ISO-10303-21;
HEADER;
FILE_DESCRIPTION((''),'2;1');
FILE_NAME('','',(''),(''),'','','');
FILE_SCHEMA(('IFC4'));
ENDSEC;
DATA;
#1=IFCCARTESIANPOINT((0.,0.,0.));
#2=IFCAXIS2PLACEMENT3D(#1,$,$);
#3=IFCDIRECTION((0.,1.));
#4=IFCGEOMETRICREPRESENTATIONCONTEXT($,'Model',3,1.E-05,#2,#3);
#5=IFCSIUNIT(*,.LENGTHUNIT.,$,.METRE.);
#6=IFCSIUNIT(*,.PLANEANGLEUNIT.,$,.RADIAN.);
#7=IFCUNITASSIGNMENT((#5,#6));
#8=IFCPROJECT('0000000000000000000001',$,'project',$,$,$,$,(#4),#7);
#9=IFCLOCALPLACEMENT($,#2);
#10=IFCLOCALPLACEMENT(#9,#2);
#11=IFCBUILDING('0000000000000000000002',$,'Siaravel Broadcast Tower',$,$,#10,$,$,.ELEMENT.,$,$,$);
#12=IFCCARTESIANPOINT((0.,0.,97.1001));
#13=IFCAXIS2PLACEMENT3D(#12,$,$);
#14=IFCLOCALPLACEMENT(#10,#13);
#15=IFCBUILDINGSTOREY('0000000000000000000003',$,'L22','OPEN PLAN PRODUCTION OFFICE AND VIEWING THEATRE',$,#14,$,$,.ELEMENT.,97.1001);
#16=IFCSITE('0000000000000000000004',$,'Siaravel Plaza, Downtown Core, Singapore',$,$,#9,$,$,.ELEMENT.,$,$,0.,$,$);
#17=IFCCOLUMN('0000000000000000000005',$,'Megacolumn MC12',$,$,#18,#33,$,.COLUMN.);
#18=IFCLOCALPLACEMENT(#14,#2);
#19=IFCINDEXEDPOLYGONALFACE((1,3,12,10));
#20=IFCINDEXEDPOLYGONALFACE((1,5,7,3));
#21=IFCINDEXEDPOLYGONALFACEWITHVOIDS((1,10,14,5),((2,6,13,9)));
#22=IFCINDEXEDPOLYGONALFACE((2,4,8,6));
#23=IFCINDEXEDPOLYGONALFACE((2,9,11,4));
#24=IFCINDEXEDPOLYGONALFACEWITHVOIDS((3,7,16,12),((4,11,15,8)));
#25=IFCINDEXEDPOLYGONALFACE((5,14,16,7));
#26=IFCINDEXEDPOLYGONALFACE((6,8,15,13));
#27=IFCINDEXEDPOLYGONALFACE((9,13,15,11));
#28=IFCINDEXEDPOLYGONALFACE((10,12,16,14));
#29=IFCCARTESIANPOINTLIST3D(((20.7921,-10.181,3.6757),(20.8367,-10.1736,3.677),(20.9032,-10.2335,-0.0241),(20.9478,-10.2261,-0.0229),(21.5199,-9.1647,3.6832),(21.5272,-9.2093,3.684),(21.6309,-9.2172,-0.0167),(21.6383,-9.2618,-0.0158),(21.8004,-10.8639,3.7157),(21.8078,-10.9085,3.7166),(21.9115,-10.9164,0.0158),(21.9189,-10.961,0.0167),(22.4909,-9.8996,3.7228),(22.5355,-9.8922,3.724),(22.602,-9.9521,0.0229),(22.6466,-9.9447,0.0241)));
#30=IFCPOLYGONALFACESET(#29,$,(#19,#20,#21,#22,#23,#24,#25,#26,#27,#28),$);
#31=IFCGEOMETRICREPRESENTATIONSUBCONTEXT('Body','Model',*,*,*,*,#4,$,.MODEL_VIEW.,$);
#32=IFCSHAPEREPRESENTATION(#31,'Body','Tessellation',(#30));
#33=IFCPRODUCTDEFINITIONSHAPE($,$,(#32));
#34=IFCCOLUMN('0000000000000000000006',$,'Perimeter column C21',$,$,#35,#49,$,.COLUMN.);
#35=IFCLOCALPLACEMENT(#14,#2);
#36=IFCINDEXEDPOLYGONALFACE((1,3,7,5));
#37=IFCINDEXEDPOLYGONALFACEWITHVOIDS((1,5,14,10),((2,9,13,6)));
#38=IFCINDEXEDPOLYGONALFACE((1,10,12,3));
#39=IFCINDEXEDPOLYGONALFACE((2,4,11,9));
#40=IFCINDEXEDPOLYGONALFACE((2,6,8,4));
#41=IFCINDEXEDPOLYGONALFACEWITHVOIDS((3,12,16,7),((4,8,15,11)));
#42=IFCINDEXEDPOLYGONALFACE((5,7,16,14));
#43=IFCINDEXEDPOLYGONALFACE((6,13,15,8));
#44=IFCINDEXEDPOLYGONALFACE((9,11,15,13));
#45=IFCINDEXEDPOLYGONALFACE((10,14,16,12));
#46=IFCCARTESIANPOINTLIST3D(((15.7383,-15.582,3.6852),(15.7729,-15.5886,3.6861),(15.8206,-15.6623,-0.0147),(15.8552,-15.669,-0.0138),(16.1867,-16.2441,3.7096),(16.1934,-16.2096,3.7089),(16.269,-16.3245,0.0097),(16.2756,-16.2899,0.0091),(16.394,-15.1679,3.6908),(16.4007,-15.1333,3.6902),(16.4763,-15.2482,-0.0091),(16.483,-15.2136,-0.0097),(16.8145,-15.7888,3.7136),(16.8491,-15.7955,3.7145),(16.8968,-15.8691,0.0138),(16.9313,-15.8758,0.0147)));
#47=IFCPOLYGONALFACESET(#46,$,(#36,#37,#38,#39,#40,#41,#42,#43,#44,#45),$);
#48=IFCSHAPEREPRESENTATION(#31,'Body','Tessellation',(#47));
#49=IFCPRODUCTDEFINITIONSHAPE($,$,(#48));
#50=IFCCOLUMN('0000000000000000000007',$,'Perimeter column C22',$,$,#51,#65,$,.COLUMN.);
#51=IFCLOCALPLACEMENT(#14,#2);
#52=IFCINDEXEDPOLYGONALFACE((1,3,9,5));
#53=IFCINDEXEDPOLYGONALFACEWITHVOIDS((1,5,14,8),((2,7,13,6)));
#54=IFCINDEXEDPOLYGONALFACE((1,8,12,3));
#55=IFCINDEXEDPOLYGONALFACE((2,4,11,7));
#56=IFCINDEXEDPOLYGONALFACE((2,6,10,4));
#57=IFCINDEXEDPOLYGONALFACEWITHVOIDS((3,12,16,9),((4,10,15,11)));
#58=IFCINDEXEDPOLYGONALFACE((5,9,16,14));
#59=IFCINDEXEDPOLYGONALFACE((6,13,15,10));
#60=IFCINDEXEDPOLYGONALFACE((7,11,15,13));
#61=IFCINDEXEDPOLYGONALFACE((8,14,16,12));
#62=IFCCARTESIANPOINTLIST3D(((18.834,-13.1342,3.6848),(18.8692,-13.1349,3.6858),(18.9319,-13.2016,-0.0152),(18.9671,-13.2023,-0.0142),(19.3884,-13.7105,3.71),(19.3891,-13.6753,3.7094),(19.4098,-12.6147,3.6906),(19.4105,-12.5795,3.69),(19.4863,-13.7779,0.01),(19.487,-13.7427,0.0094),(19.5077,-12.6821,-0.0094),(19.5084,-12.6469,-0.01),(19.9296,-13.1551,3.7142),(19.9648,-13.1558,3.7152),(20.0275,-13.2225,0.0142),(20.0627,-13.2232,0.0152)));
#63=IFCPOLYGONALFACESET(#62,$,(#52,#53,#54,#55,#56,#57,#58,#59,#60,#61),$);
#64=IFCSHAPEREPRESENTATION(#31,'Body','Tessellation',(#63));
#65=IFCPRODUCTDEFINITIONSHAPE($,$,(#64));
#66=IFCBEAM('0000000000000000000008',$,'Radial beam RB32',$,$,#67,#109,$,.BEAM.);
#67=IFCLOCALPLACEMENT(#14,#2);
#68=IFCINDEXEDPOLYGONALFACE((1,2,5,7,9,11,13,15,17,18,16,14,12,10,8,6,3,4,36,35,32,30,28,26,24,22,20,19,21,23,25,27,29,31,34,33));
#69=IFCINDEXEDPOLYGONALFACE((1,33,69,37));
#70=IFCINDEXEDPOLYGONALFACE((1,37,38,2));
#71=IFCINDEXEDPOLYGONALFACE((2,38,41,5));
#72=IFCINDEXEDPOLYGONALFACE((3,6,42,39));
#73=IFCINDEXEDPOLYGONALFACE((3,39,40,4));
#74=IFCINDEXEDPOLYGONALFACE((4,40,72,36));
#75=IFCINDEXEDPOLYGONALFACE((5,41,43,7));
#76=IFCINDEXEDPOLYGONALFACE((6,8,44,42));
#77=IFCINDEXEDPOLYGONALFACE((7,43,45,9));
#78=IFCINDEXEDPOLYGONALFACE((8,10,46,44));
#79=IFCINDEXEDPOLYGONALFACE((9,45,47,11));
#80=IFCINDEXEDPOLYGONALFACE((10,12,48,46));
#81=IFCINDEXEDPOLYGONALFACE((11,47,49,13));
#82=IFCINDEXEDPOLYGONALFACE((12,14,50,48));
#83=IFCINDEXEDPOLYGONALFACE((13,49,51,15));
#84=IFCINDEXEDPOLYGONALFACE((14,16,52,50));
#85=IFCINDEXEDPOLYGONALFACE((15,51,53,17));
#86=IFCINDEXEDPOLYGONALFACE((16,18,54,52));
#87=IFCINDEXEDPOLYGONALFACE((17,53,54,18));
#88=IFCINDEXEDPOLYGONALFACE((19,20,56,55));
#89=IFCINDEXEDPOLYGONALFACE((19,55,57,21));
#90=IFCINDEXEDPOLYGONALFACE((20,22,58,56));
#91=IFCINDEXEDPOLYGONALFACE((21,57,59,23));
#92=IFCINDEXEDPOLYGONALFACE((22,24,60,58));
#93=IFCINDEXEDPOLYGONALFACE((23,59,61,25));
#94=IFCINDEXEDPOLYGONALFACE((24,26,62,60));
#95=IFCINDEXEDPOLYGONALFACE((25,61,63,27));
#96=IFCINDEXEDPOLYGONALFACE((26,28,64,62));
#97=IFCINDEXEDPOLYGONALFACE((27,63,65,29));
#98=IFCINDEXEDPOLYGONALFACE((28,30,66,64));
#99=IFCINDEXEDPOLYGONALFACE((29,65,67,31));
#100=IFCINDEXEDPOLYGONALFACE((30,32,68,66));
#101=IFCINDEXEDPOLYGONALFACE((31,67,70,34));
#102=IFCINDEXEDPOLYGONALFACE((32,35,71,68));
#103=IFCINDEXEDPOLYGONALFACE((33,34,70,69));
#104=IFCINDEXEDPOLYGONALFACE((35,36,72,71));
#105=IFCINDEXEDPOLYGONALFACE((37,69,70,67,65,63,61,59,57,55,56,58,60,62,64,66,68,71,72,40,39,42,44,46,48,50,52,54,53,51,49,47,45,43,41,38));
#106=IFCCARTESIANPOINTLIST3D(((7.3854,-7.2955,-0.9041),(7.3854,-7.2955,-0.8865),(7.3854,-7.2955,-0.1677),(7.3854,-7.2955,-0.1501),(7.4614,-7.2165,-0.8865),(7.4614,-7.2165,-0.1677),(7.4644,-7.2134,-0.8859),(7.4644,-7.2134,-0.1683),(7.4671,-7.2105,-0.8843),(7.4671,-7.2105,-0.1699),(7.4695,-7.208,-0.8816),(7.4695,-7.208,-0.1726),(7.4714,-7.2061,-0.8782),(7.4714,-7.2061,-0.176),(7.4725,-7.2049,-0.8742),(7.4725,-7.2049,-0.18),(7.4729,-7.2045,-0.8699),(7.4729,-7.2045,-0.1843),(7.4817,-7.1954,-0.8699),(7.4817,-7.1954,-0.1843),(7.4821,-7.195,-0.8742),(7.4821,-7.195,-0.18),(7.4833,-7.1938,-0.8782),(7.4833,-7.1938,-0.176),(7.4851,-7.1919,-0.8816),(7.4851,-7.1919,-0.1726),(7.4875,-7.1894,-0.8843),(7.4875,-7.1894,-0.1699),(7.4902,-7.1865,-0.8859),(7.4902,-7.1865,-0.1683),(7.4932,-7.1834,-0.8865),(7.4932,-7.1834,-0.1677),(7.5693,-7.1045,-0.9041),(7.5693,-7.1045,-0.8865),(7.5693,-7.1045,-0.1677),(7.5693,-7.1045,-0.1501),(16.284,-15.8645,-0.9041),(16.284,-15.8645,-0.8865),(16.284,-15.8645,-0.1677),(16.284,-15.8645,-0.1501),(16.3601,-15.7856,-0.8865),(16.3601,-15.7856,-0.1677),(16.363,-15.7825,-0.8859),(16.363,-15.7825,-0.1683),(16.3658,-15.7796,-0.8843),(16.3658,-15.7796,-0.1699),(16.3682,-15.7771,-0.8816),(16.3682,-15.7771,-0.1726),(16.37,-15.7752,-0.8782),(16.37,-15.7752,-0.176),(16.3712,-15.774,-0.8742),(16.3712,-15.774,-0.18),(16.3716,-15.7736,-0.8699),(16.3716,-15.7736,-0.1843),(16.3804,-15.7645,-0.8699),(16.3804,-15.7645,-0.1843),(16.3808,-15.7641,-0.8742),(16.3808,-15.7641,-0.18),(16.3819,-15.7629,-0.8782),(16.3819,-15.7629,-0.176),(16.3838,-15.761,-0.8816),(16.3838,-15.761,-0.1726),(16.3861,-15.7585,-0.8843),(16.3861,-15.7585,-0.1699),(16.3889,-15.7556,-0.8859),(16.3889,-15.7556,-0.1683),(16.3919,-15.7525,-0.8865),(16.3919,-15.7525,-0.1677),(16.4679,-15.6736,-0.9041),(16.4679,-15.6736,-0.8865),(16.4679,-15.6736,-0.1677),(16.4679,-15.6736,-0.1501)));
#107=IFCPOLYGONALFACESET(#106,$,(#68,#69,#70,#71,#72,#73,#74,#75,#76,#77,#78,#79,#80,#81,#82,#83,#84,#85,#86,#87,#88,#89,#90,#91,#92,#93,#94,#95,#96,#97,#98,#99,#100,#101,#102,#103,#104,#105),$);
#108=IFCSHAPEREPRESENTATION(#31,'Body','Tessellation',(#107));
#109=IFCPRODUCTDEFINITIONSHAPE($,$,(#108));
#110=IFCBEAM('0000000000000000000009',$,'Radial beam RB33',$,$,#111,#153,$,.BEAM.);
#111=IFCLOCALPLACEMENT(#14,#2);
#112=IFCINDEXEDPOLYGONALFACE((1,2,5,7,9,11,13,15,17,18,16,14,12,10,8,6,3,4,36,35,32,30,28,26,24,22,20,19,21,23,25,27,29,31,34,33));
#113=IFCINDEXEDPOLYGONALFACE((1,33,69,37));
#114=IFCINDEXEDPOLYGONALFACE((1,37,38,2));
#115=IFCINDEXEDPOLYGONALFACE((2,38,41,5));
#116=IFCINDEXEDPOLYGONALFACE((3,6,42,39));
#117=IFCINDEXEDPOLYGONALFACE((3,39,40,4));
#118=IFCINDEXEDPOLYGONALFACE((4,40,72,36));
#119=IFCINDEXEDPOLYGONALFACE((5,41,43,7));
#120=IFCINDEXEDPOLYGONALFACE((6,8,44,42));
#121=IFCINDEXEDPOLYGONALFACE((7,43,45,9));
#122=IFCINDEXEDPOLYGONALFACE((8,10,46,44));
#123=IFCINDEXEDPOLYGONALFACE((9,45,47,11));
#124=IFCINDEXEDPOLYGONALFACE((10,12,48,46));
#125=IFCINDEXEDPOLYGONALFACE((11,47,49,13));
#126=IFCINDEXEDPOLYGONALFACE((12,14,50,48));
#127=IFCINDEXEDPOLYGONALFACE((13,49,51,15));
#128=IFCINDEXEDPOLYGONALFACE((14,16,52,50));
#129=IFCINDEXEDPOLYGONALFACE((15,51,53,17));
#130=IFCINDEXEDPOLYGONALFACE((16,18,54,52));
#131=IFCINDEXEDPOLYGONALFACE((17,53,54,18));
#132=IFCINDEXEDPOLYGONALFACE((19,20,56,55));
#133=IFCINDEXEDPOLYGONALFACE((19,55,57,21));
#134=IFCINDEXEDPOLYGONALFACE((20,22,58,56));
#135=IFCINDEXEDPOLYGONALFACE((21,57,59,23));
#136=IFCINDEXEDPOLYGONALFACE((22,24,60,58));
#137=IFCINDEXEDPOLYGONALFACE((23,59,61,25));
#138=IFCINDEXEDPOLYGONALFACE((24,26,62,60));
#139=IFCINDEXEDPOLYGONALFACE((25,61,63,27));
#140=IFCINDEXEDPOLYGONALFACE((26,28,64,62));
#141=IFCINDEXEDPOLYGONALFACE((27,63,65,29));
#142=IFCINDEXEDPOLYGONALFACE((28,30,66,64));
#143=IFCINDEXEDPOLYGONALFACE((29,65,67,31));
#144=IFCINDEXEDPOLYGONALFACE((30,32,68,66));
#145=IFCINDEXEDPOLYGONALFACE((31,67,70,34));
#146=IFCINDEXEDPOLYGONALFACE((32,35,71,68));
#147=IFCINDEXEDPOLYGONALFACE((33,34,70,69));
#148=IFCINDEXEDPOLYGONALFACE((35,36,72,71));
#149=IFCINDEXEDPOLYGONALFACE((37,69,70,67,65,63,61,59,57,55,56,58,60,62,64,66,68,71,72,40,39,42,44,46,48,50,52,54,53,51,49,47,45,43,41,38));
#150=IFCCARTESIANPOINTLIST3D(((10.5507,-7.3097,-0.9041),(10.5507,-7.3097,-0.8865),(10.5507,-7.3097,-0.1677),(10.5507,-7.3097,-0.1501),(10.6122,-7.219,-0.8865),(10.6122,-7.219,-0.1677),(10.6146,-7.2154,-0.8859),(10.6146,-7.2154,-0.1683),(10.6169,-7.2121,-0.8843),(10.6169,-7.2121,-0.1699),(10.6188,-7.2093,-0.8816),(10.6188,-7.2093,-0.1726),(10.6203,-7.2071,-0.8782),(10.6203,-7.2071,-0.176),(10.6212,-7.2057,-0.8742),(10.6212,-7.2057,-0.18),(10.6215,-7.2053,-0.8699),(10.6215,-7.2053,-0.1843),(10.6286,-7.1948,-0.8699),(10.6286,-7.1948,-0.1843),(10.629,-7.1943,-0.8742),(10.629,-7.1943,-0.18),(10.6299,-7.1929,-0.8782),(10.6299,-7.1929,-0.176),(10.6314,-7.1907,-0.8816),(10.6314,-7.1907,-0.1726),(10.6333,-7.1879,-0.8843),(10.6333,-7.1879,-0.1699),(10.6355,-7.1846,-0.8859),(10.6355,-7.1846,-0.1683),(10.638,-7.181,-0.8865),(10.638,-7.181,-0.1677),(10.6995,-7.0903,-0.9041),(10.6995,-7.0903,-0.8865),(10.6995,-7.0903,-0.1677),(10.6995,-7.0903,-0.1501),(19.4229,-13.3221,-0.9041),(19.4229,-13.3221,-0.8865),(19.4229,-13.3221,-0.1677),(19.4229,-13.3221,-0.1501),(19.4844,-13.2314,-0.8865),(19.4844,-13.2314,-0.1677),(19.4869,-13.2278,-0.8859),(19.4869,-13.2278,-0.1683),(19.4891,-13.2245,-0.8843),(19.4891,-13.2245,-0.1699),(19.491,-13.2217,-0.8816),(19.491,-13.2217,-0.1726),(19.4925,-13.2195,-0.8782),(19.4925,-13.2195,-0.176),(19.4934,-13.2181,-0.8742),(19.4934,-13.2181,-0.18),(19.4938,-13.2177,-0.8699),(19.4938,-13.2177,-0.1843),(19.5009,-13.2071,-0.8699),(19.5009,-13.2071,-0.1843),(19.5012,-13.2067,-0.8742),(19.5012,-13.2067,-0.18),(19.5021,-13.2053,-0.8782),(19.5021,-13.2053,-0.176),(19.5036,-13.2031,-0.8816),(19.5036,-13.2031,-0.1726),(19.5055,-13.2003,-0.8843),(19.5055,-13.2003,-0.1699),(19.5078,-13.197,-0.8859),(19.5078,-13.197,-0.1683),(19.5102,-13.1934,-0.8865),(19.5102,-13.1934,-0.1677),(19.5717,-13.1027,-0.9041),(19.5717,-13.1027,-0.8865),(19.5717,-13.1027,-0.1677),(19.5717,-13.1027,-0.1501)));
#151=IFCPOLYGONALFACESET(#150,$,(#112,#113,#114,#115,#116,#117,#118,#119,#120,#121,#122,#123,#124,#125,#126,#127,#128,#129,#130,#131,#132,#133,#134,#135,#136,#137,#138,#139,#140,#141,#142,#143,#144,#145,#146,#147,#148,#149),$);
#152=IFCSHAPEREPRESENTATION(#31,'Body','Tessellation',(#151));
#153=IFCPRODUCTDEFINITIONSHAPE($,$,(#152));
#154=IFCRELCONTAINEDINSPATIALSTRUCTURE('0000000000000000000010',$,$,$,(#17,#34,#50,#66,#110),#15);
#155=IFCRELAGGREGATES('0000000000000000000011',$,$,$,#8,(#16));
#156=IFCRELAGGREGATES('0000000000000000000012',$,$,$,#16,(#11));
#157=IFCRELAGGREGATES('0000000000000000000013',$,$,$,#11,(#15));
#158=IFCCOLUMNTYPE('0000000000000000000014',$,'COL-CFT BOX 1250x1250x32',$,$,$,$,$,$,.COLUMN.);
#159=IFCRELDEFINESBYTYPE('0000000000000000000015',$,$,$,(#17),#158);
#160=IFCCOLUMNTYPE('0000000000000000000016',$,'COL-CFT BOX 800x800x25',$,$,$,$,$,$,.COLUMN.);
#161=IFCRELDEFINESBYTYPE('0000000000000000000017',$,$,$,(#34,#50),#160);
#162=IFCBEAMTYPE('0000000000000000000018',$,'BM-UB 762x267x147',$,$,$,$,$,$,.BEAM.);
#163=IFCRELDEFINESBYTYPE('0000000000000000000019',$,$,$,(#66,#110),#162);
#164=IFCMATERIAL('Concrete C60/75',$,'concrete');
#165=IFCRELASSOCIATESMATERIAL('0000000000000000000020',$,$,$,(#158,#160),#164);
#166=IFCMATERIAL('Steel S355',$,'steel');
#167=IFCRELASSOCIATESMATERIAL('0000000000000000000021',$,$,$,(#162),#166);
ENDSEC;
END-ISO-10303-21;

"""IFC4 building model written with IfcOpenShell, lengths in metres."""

from ifc_helpers import new_model, si_unit, direction, frame, origin, origin_2d, place, context, subcontext, project, spatial, hollow_rectangle, i_section, extrude, material, material_profile, profile_set, type_object, element, save


model = new_model("IFC4")

# Units and contexts
model_context = context("Model", 3, precision=1e-05, world=origin(), true_north=direction((0.0, 1.0)))
body_context = subcontext(model_context, "Body", "Model", "MODEL_VIEW")
ifc_project = project(units=[si_unit("LENGTHUNIT", "METRE"), si_unit("PLANEANGLEUNIT", "RADIAN")], contexts=[model_context])

# Site, building, storey
site_placement = place(None, origin())
site = spatial("IfcSite", under=ifc_project, at=site_placement, Name="Siaravel Plaza, Downtown Core, Singapore", CompositionType="ELEMENT", RefElevation=0.0)
building_placement = place(site_placement, origin())
building = spatial("IfcBuilding", under=site, at=building_placement, Name="Siaravel Broadcast Tower", CompositionType="ELEMENT")
storey_placement = place(building_placement, frame((0.0, 0.0, 97.1001)))
storey = spatial("IfcBuildingStorey", under=building, at=storey_placement, Name="L22", Description="OPEN PLAN PRODUCTION OFFICE AND VIEWING THEATRE", CompositionType="ELEMENT", Elevation=97.1001)

# Columns
ifc_material_1 = material(Name="Concrete C60/75", Category="concrete")
ifc_material_profile_1 = material_profile(ifc_material_1, hollow_rectangle(XDim=1.25, YDim=1.25, WallThickness=0.032, at=origin_2d()))
ifc_profile_set_1 = profile_set([ifc_material_profile_1], Name="Concrete C60/75")
column_type_1 = type_object("IfcColumnType", Name="COL-CFT BOX 1250x1250x32", PredefinedType="COLUMN", material=ifc_profile_set_1)
column_1_placement = place(storey_placement, frame((21.7749, -10.0891, 0.0), z_axis=(-0.030007, 0.014179, 0.999449), x_axis=(-0.582176, -0.813041, -0.005944)))
element("IfcColumn", 1, at=column_1_placement, inside=storey, type_object=column_type_1, Name="Megacolumn MC12", PredefinedType="COLUMN", context=body_context, shape_type="SweptSolid", body=[
    extrude(hollow_rectangle(XDim=1.25, YDim=1.25, WallThickness=0.032, at=origin_2d()), origin(), (0.0, 0.0, 1.0), 3.7019),
])
ifc_material_profile_2 = material_profile(ifc_material_1, hollow_rectangle(XDim=0.8, YDim=0.8, WallThickness=0.0249, at=origin_2d()))
ifc_profile_set_2 = profile_set([ifc_material_profile_2], Name="Concrete C60/75")
column_type_2 = type_object("IfcColumnType", Name="COL-CFT BOX 800x800x25", PredefinedType="COLUMN", material=ifc_profile_set_2)
column_2_placement = place(storey_placement, frame((16.376, -15.769, 0.0), z_axis=(-0.022226, 0.021699, 0.999517), x_axis=(-0.827911, -0.560825, -0.006235)))
element("IfcColumn", 2, at=column_2_placement, inside=storey, type_object=column_type_2, Name="Perimeter column C21", PredefinedType="COLUMN", context=body_context, shape_type="SweptSolid", body=[
    extrude(hollow_rectangle(XDim=0.8, YDim=0.8, WallThickness=0.0249, at=origin_2d()), origin(), (0.0, 0.0, 1.0), 3.7017),
])
column_3_placement = place(storey_placement, frame((19.4973, -13.2124, 0.0), z_axis=(-0.026446, 0.018202, 0.999484), x_axis=(-0.720537, -0.693387, -0.006437)))
element("IfcColumn", 3, at=column_3_placement, inside=storey, type_object=column_type_2, Name="Perimeter column C22", PredefinedType="COLUMN", context=body_context, shape_type="SweptSolid", body=[
    extrude(hollow_rectangle(XDim=0.8, YDim=0.8, WallThickness=0.0249, at=origin_2d()), origin(), (0.0, 0.0, 1.0), 3.7019),
])

# Beams
ifc_material_2 = material(Name="Steel S355", Category="steel")
ifc_material_profile_3 = material_profile(ifc_material_2, i_section(OverallWidth=0.2651, OverallDepth=0.7539, WebThickness=0.0127, FlangeThickness=0.0176, FilletRadius=0.0166, at=origin_2d()))
ifc_profile_set_3 = profile_set([ifc_material_profile_3], Name="Steel S355")
beam_type = type_object("IfcBeamType", Name="BM-UB 762x267x147", PredefinedType="BEAM", material=ifc_profile_set_3)
beam_1_placement = place(storey_placement, frame((16.376, -15.769, -0.5271), z_axis=(-0.720321, 0.693641, 0.0), x_axis=(-0.693641, -0.720321, 0.0)))
element("IfcBeam", 4, at=beam_1_placement, inside=storey, type_object=beam_type, Name="Radial beam RB32", PredefinedType="BEAM", context=body_context, shape_type="SweptSolid", body=[
    extrude(i_section(OverallWidth=0.2651, OverallDepth=0.7539, WebThickness=0.0127, FlangeThickness=0.0176, FilletRadius=0.0166, at=origin_2d()), origin(), (0.0, 0.0, 1.0), 12.3538),
])
beam_2_placement = place(storey_placement, frame((19.4973, -13.2124, -0.5271), z_axis=(-0.827825, 0.560987, 0.0), x_axis=(-0.560987, -0.827825, 0.0)))
element("IfcBeam", 5, at=beam_2_placement, inside=storey, type_object=beam_type, Name="Radial beam RB33", PredefinedType="BEAM", context=body_context, shape_type="SweptSolid", body=[
    extrude(i_section(OverallWidth=0.2651, OverallDepth=0.7539, WebThickness=0.0127, FlangeThickness=0.0176, FilletRadius=0.0166, at=origin_2d()), origin(), (0.0, 0.0, 1.0), 10.7175),
])

save(model, "model.ifc")
